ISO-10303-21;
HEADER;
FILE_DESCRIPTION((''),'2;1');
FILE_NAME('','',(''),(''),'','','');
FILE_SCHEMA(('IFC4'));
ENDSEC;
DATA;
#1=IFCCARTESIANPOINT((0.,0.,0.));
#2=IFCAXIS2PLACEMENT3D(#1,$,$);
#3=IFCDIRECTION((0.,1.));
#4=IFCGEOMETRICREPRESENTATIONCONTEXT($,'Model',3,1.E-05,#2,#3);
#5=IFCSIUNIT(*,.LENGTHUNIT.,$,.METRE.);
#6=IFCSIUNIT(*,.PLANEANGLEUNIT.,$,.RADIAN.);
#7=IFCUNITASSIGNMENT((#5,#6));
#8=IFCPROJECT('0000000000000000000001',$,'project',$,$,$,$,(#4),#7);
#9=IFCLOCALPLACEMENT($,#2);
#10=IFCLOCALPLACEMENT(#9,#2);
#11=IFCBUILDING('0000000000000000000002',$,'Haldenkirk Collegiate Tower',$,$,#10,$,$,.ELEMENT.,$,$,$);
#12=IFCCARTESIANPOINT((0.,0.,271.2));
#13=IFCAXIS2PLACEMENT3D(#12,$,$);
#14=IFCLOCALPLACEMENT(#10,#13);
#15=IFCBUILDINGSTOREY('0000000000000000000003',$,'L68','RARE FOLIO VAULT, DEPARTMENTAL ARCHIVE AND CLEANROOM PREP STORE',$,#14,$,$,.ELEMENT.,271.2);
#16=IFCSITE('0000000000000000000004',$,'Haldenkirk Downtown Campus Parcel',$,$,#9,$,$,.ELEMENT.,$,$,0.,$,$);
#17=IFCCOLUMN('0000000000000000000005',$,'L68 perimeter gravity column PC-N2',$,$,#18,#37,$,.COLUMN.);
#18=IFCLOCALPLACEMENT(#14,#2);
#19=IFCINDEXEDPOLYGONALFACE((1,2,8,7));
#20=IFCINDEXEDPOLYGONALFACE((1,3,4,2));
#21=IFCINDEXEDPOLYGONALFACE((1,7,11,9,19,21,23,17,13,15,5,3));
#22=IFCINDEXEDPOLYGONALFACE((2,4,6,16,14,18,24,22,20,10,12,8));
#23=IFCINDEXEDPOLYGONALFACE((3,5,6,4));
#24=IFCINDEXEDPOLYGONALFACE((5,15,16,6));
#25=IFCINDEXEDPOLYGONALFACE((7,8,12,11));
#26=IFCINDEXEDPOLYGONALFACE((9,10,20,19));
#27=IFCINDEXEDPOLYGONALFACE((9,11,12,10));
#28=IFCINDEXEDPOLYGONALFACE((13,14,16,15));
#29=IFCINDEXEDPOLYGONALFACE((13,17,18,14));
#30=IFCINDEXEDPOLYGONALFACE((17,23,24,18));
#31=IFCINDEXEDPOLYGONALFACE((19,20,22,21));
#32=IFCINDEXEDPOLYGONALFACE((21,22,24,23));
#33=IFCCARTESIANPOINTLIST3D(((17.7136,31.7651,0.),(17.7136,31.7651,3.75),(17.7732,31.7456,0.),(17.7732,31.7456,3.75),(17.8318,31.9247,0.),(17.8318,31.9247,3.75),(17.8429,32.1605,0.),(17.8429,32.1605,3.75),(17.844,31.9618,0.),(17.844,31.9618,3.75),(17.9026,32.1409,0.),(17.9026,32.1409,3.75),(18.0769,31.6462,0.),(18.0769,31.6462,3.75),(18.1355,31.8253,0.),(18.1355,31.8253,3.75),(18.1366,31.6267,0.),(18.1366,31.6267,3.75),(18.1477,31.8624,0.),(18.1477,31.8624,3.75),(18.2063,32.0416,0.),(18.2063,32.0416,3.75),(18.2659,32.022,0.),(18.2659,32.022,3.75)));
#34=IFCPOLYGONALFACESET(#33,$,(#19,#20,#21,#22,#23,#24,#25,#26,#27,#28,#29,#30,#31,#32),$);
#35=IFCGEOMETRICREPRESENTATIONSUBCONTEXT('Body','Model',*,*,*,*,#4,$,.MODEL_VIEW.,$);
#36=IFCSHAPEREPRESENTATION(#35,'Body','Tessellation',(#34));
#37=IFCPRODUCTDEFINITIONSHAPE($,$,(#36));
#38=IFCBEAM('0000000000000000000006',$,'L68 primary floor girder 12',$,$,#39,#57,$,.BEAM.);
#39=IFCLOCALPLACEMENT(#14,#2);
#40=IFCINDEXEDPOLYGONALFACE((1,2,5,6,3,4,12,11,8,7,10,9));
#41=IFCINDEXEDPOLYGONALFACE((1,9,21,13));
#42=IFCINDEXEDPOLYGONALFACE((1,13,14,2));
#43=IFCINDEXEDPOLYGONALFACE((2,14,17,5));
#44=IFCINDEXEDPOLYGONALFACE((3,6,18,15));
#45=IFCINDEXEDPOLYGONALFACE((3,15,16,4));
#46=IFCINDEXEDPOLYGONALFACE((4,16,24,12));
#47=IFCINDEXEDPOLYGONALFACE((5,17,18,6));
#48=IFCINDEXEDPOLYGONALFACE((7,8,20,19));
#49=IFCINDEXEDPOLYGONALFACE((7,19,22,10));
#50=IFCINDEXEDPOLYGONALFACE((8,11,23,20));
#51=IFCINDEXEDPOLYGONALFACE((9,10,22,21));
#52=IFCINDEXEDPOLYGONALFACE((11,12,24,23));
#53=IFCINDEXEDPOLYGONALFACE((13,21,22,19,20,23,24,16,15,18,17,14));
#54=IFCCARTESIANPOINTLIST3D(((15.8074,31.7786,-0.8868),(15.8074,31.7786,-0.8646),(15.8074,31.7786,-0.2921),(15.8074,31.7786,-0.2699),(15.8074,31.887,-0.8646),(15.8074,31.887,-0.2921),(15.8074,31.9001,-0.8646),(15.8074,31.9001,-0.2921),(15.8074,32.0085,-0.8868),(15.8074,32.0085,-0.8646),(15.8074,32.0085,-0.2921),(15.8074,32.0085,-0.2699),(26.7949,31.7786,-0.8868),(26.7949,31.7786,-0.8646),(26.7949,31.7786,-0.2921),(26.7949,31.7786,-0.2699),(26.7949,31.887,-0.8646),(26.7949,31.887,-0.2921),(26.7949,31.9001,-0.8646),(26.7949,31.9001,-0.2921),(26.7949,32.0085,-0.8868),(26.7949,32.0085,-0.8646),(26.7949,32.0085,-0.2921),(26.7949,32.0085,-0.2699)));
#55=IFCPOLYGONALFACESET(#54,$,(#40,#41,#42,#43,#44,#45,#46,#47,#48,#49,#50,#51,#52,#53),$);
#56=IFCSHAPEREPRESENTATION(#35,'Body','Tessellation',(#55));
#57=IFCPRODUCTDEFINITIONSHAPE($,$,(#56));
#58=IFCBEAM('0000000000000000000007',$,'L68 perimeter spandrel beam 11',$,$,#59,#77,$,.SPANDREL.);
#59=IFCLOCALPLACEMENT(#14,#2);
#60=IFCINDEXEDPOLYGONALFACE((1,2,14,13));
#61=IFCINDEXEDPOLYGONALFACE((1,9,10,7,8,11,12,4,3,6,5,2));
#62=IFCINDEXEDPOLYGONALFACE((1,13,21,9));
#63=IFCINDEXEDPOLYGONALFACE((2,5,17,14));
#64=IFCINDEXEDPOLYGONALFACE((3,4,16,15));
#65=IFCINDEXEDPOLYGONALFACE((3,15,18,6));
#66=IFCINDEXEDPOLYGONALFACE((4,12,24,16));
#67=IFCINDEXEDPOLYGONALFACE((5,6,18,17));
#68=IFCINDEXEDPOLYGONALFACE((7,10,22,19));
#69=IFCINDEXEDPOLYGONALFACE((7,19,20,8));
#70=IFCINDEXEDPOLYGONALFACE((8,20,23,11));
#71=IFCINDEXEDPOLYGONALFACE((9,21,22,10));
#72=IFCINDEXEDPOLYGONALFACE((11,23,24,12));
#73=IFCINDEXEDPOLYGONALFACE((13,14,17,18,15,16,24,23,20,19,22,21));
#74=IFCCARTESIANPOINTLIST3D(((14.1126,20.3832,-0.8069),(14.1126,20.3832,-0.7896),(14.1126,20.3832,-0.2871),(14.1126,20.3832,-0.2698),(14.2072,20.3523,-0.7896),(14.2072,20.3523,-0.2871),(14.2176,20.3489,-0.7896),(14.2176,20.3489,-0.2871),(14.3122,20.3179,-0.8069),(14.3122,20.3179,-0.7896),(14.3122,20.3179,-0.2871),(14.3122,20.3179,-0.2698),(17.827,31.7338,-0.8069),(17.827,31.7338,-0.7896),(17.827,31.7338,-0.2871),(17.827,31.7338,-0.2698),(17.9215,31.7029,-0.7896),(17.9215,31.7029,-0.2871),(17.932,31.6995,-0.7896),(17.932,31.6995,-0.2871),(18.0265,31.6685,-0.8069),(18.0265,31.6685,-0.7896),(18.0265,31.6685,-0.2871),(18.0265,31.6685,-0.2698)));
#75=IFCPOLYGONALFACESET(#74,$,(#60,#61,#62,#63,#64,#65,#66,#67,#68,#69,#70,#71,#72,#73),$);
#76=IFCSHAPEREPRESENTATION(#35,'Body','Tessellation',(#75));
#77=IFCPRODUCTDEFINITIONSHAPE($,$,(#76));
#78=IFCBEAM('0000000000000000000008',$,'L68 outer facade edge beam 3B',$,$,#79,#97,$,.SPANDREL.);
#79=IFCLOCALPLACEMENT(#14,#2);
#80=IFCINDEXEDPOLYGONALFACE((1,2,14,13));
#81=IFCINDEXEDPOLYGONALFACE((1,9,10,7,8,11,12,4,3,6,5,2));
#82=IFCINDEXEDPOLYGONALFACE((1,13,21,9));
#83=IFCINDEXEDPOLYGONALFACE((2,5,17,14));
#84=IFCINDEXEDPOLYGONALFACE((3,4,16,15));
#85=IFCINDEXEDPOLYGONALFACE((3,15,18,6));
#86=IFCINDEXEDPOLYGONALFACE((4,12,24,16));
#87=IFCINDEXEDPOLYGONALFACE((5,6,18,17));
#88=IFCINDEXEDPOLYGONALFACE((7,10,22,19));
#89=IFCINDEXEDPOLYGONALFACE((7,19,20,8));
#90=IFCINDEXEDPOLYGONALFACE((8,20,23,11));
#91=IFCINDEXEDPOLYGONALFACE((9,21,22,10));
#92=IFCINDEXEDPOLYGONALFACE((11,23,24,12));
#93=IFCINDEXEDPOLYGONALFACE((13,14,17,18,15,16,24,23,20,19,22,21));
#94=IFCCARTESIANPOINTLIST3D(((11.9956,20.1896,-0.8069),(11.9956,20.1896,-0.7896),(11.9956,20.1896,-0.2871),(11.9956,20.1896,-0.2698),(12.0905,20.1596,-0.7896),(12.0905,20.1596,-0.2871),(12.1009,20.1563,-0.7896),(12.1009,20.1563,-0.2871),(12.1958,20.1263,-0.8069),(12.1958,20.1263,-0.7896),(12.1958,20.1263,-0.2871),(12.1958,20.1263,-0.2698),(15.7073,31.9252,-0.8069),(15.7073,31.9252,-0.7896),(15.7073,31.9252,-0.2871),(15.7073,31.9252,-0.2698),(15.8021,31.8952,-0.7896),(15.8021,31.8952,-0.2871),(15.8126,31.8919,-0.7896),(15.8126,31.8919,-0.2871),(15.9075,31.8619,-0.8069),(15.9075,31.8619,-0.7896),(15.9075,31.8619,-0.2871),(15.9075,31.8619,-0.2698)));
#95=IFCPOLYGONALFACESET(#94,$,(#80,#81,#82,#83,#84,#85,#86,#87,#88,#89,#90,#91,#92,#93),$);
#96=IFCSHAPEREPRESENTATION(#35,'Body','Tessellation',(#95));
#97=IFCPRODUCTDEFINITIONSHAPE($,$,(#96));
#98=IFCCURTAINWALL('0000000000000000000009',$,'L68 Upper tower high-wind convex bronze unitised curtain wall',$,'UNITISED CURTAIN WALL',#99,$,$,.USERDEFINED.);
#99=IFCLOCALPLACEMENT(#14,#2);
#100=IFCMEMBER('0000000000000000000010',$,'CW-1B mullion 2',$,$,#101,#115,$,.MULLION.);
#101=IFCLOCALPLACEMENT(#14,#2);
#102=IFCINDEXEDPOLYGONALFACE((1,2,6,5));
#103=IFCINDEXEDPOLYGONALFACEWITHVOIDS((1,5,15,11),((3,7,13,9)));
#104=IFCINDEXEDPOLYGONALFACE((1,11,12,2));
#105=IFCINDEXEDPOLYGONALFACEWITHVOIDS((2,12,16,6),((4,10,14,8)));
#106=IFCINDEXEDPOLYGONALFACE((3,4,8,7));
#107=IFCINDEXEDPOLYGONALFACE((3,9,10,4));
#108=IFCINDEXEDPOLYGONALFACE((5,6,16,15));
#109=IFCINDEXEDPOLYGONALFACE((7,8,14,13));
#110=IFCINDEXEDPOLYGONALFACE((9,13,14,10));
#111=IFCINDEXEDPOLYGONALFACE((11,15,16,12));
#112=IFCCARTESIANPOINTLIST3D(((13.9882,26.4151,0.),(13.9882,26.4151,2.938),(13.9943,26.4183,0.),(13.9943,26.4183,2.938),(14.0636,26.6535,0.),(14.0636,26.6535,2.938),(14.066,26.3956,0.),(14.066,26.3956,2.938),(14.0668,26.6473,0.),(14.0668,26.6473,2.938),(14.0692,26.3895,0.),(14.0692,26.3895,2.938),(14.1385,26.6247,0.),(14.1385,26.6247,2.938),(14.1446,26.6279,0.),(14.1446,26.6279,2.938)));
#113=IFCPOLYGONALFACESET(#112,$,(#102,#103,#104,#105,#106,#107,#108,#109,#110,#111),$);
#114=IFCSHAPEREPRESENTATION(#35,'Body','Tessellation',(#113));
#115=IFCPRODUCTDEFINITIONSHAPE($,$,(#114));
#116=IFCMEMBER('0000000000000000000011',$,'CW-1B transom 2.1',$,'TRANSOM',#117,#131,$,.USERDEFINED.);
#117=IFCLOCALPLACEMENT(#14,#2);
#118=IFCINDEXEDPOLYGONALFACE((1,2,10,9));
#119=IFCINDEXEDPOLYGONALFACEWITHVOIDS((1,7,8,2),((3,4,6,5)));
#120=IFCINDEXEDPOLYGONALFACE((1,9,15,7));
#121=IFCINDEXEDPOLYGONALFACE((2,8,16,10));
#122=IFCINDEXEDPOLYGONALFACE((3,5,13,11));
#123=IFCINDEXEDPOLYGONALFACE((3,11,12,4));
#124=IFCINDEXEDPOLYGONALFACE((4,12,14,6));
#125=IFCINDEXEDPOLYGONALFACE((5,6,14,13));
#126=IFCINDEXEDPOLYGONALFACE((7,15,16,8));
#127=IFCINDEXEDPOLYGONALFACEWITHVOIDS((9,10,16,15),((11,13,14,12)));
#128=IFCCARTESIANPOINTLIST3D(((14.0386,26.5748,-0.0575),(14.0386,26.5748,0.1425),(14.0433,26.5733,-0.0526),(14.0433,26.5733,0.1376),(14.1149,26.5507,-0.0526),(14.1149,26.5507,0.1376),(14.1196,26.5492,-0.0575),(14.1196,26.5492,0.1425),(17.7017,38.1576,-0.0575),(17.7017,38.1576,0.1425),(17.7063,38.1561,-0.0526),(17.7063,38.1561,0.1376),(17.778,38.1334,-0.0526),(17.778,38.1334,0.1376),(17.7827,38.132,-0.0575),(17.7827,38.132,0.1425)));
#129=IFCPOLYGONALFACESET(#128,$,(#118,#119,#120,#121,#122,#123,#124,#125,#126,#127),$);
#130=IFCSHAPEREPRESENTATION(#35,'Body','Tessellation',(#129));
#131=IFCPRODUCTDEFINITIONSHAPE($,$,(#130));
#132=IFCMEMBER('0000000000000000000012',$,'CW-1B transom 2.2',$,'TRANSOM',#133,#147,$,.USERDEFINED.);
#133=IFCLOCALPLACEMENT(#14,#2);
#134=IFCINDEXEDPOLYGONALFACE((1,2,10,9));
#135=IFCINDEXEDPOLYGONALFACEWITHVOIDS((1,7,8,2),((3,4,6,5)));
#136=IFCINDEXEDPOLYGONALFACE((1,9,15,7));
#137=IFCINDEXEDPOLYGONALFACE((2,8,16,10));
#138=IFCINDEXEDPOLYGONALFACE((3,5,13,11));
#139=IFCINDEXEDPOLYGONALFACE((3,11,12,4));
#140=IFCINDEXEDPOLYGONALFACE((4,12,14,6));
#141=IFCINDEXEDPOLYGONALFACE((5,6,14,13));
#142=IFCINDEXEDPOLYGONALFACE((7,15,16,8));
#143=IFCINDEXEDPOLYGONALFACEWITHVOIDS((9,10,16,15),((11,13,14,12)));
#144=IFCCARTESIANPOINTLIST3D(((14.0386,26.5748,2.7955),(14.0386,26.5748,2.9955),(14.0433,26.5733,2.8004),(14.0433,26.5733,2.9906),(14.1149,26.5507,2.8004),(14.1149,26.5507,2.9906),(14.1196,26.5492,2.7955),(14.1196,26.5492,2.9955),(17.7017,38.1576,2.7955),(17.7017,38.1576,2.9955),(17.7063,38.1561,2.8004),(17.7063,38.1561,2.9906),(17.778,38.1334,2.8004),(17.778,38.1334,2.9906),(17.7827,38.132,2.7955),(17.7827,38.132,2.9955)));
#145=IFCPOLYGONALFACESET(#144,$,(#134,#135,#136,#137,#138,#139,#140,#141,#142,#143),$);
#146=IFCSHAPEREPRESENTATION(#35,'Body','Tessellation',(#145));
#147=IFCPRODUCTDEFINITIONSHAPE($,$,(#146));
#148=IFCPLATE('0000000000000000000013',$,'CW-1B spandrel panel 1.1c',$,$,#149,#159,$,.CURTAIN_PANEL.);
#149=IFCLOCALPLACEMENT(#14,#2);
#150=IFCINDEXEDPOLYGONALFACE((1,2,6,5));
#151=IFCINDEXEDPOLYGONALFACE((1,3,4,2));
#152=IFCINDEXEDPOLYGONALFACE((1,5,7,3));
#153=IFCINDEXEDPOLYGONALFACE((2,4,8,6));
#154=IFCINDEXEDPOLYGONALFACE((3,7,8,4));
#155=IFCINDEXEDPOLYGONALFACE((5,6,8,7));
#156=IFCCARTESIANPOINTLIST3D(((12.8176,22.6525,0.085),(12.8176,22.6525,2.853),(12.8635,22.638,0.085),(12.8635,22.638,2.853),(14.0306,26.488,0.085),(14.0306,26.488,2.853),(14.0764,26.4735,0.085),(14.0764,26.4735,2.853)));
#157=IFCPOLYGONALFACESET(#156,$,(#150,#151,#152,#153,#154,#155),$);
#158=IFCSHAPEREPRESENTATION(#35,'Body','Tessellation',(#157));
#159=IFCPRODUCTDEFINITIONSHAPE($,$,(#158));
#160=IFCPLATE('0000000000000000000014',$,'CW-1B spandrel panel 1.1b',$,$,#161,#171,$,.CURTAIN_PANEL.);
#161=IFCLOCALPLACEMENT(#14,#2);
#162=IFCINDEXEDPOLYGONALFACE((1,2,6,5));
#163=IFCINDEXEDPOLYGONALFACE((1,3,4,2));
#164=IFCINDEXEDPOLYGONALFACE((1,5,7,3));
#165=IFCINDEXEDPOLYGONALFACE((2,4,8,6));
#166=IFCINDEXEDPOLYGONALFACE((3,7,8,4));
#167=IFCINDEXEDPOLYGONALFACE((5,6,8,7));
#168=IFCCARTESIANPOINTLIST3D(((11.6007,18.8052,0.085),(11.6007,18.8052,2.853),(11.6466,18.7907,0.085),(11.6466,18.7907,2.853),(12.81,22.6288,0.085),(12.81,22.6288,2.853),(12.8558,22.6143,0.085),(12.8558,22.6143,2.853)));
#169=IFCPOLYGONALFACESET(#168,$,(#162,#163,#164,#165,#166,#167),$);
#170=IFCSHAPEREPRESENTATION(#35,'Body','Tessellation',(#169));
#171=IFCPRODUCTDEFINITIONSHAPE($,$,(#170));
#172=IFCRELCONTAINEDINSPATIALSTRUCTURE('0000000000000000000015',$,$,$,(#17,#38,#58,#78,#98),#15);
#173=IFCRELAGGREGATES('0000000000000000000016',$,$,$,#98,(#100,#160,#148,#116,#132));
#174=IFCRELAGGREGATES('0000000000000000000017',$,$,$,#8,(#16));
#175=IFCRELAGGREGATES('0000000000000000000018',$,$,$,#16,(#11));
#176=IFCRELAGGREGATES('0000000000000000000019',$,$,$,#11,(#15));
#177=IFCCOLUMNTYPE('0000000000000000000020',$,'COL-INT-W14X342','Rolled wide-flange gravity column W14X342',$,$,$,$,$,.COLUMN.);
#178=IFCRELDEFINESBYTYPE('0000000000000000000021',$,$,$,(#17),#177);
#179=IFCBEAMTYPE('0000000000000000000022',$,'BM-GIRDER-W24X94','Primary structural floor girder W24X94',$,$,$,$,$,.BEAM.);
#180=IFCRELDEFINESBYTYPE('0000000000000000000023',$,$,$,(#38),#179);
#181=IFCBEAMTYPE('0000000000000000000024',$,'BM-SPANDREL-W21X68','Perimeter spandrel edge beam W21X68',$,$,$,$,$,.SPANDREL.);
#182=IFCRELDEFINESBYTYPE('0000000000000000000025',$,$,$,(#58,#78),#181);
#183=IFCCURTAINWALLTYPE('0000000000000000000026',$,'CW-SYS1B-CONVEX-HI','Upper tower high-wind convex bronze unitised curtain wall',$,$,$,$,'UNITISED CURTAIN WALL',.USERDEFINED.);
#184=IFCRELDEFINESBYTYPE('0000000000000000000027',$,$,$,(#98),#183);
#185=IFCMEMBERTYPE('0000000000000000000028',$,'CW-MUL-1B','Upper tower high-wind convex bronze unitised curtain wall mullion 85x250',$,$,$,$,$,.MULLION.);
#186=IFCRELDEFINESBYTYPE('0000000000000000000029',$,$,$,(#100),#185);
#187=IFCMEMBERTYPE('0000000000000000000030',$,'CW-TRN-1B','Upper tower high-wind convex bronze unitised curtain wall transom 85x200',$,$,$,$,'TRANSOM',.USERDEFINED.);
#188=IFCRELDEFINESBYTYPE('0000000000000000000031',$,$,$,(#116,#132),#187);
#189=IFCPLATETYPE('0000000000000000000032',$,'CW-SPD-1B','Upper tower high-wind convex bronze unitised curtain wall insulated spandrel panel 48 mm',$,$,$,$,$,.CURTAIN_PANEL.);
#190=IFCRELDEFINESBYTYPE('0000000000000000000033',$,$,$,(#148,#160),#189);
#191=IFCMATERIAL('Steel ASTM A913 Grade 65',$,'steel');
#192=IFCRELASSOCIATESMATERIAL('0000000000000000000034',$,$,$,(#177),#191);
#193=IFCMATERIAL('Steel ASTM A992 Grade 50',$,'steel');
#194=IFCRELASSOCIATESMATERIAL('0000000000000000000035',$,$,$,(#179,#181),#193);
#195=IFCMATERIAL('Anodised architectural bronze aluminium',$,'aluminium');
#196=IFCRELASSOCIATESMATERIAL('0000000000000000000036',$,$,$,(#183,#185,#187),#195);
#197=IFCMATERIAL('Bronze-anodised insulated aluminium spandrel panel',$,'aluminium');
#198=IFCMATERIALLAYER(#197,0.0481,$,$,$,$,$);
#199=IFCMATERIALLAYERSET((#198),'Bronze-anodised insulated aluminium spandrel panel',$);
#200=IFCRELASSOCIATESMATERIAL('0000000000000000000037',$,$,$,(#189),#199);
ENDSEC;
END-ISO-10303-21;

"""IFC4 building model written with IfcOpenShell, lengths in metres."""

from ifc_helpers import new_model, si_unit, direction, frame, origin, origin_2d, place, context, subcontext, project, spatial, rectangle, hollow_rectangle, i_section, extrude, source, transform, mapped, material, layer, layer_set, material_profile, profile_set, type_object, element, aggregate, save


model = new_model("IFC4")

# Units and contexts
model_context = context("Model", 3, precision=1e-05, world=origin(), true_north=direction((0.0, 1.0)))
body_context = subcontext(model_context, "Body", "Model", "MODEL_VIEW")
ifc_project = project(units=[si_unit("LENGTHUNIT", "METRE"), si_unit("PLANEANGLEUNIT", "RADIAN")], contexts=[model_context])

# Site, building, storey
site_placement = place(None, origin())
site = spatial("IfcSite", under=ifc_project, at=site_placement, Name="Haldenkirk Downtown Campus Parcel", CompositionType="ELEMENT", RefElevation=0.0)
building_placement = place(site_placement, origin())
building = spatial("IfcBuilding", under=site, at=building_placement, Name="Haldenkirk Collegiate Tower", CompositionType="ELEMENT")
storey_placement = place(building_placement, frame((0.0, 0.0, 271.2)))
storey = spatial("IfcBuildingStorey", under=building, at=storey_placement, Name="L68", Description="RARE FOLIO VAULT, DEPARTMENTAL ARCHIVE AND CLEANROOM PREP STORE", CompositionType="ELEMENT", Elevation=271.2)

# Column
ifc_material_1 = material(Name="Steel ASTM A913 Grade 65", Category="steel")
ifc_material_profile_1 = material_profile(ifc_material_1, i_section(OverallWidth=0.416, OverallDepth=0.4451, WebThickness=0.0391, FlangeThickness=0.0627, at=origin_2d()), Name="W14X342")
ifc_profile_set_1 = profile_set([ifc_material_profile_1], Name="Steel ASTM A913 Grade 65")
column_type = type_object("IfcColumnType", Name="COL-INT-W14X342", Description="Rolled wide-flange gravity column W14X342", PredefinedType="COLUMN", material=ifc_profile_set_1)
column_placement = place(storey_placement, frame((17.9897, 31.8936, 0.0), z_axis=(0.0, 0.0, 1.0), x_axis=(0.311008, 0.950407, 0.0)))
element("IfcColumn", 1, at=column_placement, inside=storey, type_object=column_type, Name="L68 perimeter gravity column PC-N2", PredefinedType="COLUMN", context=body_context, shape_type="SweptSolid", body=[
    extrude(i_section(OverallWidth=0.416, OverallDepth=0.4451, WebThickness=0.0391, FlangeThickness=0.0627, at=origin_2d()), origin(), (0.0, 0.0, 1.0), 3.75),
])

# Beams
ifc_material_2 = material(Name="Steel ASTM A992 Grade 50", Category="steel")
ifc_material_profile_2 = material_profile(ifc_material_2, i_section(OverallWidth=0.23, OverallDepth=0.6169, WebThickness=0.0132, FlangeThickness=0.0222, at=origin_2d()), Name="W24X94")
ifc_profile_set_2 = profile_set([ifc_material_profile_2], Name="Steel ASTM A992 Grade 50")
beam_type_1 = type_object("IfcBeamType", Name="BM-GIRDER-W24X94", Description="Primary structural floor girder W24X94", PredefinedType="BEAM", material=ifc_profile_set_2)
beam_1_placement = place(storey_placement, frame((15.8074, 31.8936, -0.5784), z_axis=(1.0, 0.0, 0.0), x_axis=(0.0, 1.0, 0.0)))
element("IfcBeam", 2, at=beam_1_placement, inside=storey, type_object=beam_type_1, Name="L68 primary floor girder 12", PredefinedType="BEAM", context=body_context, shape_type="SweptSolid", body=[
    extrude(i_section(OverallWidth=0.23, OverallDepth=0.6169, WebThickness=0.0132, FlangeThickness=0.0222, at=origin_2d()), origin(), (0.0, 0.0, 1.0), 10.9875),
])
ifc_material_profile_3 = material_profile(ifc_material_2, i_section(OverallWidth=0.21, OverallDepth=0.5371, WebThickness=0.011, FlangeThickness=0.0173, at=origin_2d()), Name="W21X68")
ifc_profile_set_3 = profile_set([ifc_material_profile_3], Name="Steel ASTM A992 Grade 50")
beam_type_2 = type_object("IfcBeamType", Name="BM-SPANDREL-W21X68", Description="Perimeter spandrel edge beam W21X68", PredefinedType="SPANDREL", material=ifc_profile_set_3)
beam_2_placement = place(storey_placement, frame((17.9268, 31.7012, -0.5383), z_axis=(-0.31101, -0.950407, 0.0), x_axis=(0.950407, -0.31101, 0.0)))
element("IfcBeam", 3, at=beam_2_placement, inside=storey, type_object=beam_type_2, Name="L68 perimeter spandrel beam 11", PredefinedType="SPANDREL", context=body_context, shape_type="SweptSolid", body=[
    extrude(i_section(OverallWidth=0.21, OverallDepth=0.5371, WebThickness=0.011, FlangeThickness=0.0173, at=origin_2d()), origin(), (0.0, 0.0, 1.0), 11.9429),
])
beam_3_placement = place(storey_placement, frame((15.8074, 31.8936, -0.5383), z_axis=(-0.301552, -0.95345, 0.0), x_axis=(0.95345, -0.301552, 0.0)))
element("IfcBeam", 4, at=beam_3_placement, inside=storey, type_object=beam_type_2, Name="L68 outer facade edge beam 3B", PredefinedType="SPANDREL", context=body_context, shape_type="SweptSolid", body=[
    extrude(i_section(OverallWidth=0.21, OverallDepth=0.5371, WebThickness=0.011, FlangeThickness=0.0173, at=origin_2d()), origin(), (0.0, 0.0, 1.0), 12.3086),
])

# Curtain wall, members, plates
ifc_material_3 = material(Name="Anodised architectural bronze aluminium", Category="aluminium")
curtain_wall_type = type_object("IfcCurtainWallType", Name="CW-SYS1B-CONVEX-HI", Description="Upper tower high-wind convex bronze unitised curtain wall", ElementType="UNITISED CURTAIN WALL", PredefinedType="USERDEFINED", material=ifc_material_3)
curtain_wall_placement = place(storey_placement, origin())
curtain_wall = element("IfcCurtainWall", 5, at=curtain_wall_placement, inside=storey, type_object=curtain_wall_type, Name="L68 Upper tower high-wind convex bronze unitised curtain wall", ObjectType="UNITISED CURTAIN WALL", PredefinedType="USERDEFINED")
ifc_material_profile_4 = material_profile(ifc_material_3, hollow_rectangle(XDim=0.085, YDim=0.25, WallThickness=0.0049, at=origin_2d()), Name="CW-MUL-1B")
ifc_profile_set_4 = profile_set([ifc_material_profile_4], Name="Anodised architectural bronze aluminium")
member_type_1 = type_object("IfcMemberType", Name="CW-MUL-1B", Description="Upper tower high-wind convex bronze unitised curtain wall mullion 85x250", PredefinedType="MULLION", material=ifc_profile_set_4)
member_1_placement = place(storey_placement, frame((14.0664, 26.5215, 0.0), z_axis=(0.0, 0.0, 1.0), x_axis=(-0.953455, 0.301537, 0.0)))
member_1 = element("IfcMember", 6, at=member_1_placement, type_object=member_type_1, Name="CW-1B mullion 2", PredefinedType="MULLION", context=body_context, shape_type="SweptSolid", body=[
    extrude(hollow_rectangle(XDim=0.085, YDim=0.25, WallThickness=0.0049, at=origin_2d()), origin(), (0.0, 0.0, 1.0), 2.938),
])
ifc_material_profile_5 = material_profile(ifc_material_3, hollow_rectangle(XDim=0.085, YDim=0.2, WallThickness=0.0049, at=origin_2d()), Name="CW-TRN-1B")
ifc_profile_set_5 = profile_set([ifc_material_profile_5], Name="Anodised architectural bronze aluminium")
member_type_2 = type_object("IfcMemberType", Name="CW-TRN-1B", Description="Upper tower high-wind convex bronze unitised curtain wall transom 85x200", ElementType="TRANSOM", PredefinedType="USERDEFINED", material=ifc_profile_set_5)
member_2_placement = place(storey_placement, frame((14.0791, 26.562, 0.0425), z_axis=(0.301533, 0.953456, 0.0), x_axis=(-0.953456, 0.301533, 0.0)))
member_2 = element("IfcMember", 7, at=member_2_placement, type_object=member_type_2, Name="CW-1B transom 2.1", ObjectType="TRANSOM", PredefinedType="USERDEFINED", context=body_context, shape_type="SweptSolid", body=[
    extrude(hollow_rectangle(XDim=0.085, YDim=0.2, WallThickness=0.0049, at=origin_2d()), origin(), (0.0, 0.0, 1.0), 12.1482),
])
member_3_placement = place(storey_placement, frame((14.0791, 26.562, 2.8955), z_axis=(0.301533, 0.953456, 0.0), x_axis=(-0.953456, 0.301533, 0.0)))
member_3 = element("IfcMember", 8, at=member_3_placement, type_object=member_type_2, Name="CW-1B transom 2.2", ObjectType="TRANSOM", PredefinedType="USERDEFINED", context=body_context, shape_type="SweptSolid", body=[
    extrude(hollow_rectangle(XDim=0.085, YDim=0.2, WallThickness=0.0049, at=origin_2d()), origin(), (0.0, 0.0, 1.0), 12.1482),
])
ifc_material_4 = material(Name="Bronze-anodised insulated aluminium spandrel panel", Category="aluminium")
ifc_layer_1 = layer(ifc_material_4, 0.0481)
ifc_layer_set_1 = layer_set([ifc_layer_1], Name="Bronze-anodised insulated aluminium spandrel panel")
plate_type_1 = type_object("IfcPlateType", Name="CW-SPD-1B", Description="Upper tower high-wind convex bronze unitised curtain wall insulated spandrel panel 48 mm", PredefinedType="CURTAIN_PANEL", material=ifc_layer_set_1)
shared_shape_1 = source(origin(), body_context, "Body", "SweptSolid", [
    extrude(rectangle(XDim=4.0227, YDim=0.0481, at=origin_2d()), origin(), (0.0, 0.0, 1.0), 2.7681),
])
plate_1_placement = place(storey_placement, frame((13.447, 24.563, 0.085), z_axis=(0.0, 0.0, 1.0), x_axis=(0.301537, 0.953455, 0.0)))
plate_1 = element("IfcPlate", 9, at=plate_1_placement, type_object=plate_type_1, Name="CW-1B spandrel panel 1.1c", PredefinedType="CURTAIN_PANEL", context=body_context, shape_type="MappedRepresentation", body=[
    mapped(shared_shape_1, transform((0.0, 0.0, 0.0), x_axis=(1.0, 0.0, 0.0), y_axis=(0.0, 1.0, 0.0), z_axis=(0.0, 0.0, 1.0), scale=1.0)),
])
shared_shape_2 = source(origin(), body_context, "Body", "SweptSolid", [
    extrude(rectangle(XDim=4.0103, YDim=0.0481, at=origin_2d()), origin(), (0.0, 0.0, 1.0), 2.7681),
])
plate_2_placement = place(storey_placement, frame((12.2283, 20.7097, 0.085), z_axis=(0.0, 0.0, 1.0), x_axis=(0.301537, 0.953455, 0.0)))
plate_2 = element("IfcPlate", 10, at=plate_2_placement, type_object=plate_type_1, Name="CW-1B spandrel panel 1.1b", PredefinedType="CURTAIN_PANEL", context=body_context, shape_type="MappedRepresentation", body=[
    mapped(shared_shape_2, transform((0.0, 0.0, 0.0), x_axis=(1.0, 0.0, 0.0), y_axis=(0.0, 1.0, 0.0), z_axis=(0.0, 0.0, 1.0), scale=1.0)),
])
aggregate(curtain_wall, [member_1, plate_2, plate_1, member_2, member_3])

save(model, "model.ifc")
